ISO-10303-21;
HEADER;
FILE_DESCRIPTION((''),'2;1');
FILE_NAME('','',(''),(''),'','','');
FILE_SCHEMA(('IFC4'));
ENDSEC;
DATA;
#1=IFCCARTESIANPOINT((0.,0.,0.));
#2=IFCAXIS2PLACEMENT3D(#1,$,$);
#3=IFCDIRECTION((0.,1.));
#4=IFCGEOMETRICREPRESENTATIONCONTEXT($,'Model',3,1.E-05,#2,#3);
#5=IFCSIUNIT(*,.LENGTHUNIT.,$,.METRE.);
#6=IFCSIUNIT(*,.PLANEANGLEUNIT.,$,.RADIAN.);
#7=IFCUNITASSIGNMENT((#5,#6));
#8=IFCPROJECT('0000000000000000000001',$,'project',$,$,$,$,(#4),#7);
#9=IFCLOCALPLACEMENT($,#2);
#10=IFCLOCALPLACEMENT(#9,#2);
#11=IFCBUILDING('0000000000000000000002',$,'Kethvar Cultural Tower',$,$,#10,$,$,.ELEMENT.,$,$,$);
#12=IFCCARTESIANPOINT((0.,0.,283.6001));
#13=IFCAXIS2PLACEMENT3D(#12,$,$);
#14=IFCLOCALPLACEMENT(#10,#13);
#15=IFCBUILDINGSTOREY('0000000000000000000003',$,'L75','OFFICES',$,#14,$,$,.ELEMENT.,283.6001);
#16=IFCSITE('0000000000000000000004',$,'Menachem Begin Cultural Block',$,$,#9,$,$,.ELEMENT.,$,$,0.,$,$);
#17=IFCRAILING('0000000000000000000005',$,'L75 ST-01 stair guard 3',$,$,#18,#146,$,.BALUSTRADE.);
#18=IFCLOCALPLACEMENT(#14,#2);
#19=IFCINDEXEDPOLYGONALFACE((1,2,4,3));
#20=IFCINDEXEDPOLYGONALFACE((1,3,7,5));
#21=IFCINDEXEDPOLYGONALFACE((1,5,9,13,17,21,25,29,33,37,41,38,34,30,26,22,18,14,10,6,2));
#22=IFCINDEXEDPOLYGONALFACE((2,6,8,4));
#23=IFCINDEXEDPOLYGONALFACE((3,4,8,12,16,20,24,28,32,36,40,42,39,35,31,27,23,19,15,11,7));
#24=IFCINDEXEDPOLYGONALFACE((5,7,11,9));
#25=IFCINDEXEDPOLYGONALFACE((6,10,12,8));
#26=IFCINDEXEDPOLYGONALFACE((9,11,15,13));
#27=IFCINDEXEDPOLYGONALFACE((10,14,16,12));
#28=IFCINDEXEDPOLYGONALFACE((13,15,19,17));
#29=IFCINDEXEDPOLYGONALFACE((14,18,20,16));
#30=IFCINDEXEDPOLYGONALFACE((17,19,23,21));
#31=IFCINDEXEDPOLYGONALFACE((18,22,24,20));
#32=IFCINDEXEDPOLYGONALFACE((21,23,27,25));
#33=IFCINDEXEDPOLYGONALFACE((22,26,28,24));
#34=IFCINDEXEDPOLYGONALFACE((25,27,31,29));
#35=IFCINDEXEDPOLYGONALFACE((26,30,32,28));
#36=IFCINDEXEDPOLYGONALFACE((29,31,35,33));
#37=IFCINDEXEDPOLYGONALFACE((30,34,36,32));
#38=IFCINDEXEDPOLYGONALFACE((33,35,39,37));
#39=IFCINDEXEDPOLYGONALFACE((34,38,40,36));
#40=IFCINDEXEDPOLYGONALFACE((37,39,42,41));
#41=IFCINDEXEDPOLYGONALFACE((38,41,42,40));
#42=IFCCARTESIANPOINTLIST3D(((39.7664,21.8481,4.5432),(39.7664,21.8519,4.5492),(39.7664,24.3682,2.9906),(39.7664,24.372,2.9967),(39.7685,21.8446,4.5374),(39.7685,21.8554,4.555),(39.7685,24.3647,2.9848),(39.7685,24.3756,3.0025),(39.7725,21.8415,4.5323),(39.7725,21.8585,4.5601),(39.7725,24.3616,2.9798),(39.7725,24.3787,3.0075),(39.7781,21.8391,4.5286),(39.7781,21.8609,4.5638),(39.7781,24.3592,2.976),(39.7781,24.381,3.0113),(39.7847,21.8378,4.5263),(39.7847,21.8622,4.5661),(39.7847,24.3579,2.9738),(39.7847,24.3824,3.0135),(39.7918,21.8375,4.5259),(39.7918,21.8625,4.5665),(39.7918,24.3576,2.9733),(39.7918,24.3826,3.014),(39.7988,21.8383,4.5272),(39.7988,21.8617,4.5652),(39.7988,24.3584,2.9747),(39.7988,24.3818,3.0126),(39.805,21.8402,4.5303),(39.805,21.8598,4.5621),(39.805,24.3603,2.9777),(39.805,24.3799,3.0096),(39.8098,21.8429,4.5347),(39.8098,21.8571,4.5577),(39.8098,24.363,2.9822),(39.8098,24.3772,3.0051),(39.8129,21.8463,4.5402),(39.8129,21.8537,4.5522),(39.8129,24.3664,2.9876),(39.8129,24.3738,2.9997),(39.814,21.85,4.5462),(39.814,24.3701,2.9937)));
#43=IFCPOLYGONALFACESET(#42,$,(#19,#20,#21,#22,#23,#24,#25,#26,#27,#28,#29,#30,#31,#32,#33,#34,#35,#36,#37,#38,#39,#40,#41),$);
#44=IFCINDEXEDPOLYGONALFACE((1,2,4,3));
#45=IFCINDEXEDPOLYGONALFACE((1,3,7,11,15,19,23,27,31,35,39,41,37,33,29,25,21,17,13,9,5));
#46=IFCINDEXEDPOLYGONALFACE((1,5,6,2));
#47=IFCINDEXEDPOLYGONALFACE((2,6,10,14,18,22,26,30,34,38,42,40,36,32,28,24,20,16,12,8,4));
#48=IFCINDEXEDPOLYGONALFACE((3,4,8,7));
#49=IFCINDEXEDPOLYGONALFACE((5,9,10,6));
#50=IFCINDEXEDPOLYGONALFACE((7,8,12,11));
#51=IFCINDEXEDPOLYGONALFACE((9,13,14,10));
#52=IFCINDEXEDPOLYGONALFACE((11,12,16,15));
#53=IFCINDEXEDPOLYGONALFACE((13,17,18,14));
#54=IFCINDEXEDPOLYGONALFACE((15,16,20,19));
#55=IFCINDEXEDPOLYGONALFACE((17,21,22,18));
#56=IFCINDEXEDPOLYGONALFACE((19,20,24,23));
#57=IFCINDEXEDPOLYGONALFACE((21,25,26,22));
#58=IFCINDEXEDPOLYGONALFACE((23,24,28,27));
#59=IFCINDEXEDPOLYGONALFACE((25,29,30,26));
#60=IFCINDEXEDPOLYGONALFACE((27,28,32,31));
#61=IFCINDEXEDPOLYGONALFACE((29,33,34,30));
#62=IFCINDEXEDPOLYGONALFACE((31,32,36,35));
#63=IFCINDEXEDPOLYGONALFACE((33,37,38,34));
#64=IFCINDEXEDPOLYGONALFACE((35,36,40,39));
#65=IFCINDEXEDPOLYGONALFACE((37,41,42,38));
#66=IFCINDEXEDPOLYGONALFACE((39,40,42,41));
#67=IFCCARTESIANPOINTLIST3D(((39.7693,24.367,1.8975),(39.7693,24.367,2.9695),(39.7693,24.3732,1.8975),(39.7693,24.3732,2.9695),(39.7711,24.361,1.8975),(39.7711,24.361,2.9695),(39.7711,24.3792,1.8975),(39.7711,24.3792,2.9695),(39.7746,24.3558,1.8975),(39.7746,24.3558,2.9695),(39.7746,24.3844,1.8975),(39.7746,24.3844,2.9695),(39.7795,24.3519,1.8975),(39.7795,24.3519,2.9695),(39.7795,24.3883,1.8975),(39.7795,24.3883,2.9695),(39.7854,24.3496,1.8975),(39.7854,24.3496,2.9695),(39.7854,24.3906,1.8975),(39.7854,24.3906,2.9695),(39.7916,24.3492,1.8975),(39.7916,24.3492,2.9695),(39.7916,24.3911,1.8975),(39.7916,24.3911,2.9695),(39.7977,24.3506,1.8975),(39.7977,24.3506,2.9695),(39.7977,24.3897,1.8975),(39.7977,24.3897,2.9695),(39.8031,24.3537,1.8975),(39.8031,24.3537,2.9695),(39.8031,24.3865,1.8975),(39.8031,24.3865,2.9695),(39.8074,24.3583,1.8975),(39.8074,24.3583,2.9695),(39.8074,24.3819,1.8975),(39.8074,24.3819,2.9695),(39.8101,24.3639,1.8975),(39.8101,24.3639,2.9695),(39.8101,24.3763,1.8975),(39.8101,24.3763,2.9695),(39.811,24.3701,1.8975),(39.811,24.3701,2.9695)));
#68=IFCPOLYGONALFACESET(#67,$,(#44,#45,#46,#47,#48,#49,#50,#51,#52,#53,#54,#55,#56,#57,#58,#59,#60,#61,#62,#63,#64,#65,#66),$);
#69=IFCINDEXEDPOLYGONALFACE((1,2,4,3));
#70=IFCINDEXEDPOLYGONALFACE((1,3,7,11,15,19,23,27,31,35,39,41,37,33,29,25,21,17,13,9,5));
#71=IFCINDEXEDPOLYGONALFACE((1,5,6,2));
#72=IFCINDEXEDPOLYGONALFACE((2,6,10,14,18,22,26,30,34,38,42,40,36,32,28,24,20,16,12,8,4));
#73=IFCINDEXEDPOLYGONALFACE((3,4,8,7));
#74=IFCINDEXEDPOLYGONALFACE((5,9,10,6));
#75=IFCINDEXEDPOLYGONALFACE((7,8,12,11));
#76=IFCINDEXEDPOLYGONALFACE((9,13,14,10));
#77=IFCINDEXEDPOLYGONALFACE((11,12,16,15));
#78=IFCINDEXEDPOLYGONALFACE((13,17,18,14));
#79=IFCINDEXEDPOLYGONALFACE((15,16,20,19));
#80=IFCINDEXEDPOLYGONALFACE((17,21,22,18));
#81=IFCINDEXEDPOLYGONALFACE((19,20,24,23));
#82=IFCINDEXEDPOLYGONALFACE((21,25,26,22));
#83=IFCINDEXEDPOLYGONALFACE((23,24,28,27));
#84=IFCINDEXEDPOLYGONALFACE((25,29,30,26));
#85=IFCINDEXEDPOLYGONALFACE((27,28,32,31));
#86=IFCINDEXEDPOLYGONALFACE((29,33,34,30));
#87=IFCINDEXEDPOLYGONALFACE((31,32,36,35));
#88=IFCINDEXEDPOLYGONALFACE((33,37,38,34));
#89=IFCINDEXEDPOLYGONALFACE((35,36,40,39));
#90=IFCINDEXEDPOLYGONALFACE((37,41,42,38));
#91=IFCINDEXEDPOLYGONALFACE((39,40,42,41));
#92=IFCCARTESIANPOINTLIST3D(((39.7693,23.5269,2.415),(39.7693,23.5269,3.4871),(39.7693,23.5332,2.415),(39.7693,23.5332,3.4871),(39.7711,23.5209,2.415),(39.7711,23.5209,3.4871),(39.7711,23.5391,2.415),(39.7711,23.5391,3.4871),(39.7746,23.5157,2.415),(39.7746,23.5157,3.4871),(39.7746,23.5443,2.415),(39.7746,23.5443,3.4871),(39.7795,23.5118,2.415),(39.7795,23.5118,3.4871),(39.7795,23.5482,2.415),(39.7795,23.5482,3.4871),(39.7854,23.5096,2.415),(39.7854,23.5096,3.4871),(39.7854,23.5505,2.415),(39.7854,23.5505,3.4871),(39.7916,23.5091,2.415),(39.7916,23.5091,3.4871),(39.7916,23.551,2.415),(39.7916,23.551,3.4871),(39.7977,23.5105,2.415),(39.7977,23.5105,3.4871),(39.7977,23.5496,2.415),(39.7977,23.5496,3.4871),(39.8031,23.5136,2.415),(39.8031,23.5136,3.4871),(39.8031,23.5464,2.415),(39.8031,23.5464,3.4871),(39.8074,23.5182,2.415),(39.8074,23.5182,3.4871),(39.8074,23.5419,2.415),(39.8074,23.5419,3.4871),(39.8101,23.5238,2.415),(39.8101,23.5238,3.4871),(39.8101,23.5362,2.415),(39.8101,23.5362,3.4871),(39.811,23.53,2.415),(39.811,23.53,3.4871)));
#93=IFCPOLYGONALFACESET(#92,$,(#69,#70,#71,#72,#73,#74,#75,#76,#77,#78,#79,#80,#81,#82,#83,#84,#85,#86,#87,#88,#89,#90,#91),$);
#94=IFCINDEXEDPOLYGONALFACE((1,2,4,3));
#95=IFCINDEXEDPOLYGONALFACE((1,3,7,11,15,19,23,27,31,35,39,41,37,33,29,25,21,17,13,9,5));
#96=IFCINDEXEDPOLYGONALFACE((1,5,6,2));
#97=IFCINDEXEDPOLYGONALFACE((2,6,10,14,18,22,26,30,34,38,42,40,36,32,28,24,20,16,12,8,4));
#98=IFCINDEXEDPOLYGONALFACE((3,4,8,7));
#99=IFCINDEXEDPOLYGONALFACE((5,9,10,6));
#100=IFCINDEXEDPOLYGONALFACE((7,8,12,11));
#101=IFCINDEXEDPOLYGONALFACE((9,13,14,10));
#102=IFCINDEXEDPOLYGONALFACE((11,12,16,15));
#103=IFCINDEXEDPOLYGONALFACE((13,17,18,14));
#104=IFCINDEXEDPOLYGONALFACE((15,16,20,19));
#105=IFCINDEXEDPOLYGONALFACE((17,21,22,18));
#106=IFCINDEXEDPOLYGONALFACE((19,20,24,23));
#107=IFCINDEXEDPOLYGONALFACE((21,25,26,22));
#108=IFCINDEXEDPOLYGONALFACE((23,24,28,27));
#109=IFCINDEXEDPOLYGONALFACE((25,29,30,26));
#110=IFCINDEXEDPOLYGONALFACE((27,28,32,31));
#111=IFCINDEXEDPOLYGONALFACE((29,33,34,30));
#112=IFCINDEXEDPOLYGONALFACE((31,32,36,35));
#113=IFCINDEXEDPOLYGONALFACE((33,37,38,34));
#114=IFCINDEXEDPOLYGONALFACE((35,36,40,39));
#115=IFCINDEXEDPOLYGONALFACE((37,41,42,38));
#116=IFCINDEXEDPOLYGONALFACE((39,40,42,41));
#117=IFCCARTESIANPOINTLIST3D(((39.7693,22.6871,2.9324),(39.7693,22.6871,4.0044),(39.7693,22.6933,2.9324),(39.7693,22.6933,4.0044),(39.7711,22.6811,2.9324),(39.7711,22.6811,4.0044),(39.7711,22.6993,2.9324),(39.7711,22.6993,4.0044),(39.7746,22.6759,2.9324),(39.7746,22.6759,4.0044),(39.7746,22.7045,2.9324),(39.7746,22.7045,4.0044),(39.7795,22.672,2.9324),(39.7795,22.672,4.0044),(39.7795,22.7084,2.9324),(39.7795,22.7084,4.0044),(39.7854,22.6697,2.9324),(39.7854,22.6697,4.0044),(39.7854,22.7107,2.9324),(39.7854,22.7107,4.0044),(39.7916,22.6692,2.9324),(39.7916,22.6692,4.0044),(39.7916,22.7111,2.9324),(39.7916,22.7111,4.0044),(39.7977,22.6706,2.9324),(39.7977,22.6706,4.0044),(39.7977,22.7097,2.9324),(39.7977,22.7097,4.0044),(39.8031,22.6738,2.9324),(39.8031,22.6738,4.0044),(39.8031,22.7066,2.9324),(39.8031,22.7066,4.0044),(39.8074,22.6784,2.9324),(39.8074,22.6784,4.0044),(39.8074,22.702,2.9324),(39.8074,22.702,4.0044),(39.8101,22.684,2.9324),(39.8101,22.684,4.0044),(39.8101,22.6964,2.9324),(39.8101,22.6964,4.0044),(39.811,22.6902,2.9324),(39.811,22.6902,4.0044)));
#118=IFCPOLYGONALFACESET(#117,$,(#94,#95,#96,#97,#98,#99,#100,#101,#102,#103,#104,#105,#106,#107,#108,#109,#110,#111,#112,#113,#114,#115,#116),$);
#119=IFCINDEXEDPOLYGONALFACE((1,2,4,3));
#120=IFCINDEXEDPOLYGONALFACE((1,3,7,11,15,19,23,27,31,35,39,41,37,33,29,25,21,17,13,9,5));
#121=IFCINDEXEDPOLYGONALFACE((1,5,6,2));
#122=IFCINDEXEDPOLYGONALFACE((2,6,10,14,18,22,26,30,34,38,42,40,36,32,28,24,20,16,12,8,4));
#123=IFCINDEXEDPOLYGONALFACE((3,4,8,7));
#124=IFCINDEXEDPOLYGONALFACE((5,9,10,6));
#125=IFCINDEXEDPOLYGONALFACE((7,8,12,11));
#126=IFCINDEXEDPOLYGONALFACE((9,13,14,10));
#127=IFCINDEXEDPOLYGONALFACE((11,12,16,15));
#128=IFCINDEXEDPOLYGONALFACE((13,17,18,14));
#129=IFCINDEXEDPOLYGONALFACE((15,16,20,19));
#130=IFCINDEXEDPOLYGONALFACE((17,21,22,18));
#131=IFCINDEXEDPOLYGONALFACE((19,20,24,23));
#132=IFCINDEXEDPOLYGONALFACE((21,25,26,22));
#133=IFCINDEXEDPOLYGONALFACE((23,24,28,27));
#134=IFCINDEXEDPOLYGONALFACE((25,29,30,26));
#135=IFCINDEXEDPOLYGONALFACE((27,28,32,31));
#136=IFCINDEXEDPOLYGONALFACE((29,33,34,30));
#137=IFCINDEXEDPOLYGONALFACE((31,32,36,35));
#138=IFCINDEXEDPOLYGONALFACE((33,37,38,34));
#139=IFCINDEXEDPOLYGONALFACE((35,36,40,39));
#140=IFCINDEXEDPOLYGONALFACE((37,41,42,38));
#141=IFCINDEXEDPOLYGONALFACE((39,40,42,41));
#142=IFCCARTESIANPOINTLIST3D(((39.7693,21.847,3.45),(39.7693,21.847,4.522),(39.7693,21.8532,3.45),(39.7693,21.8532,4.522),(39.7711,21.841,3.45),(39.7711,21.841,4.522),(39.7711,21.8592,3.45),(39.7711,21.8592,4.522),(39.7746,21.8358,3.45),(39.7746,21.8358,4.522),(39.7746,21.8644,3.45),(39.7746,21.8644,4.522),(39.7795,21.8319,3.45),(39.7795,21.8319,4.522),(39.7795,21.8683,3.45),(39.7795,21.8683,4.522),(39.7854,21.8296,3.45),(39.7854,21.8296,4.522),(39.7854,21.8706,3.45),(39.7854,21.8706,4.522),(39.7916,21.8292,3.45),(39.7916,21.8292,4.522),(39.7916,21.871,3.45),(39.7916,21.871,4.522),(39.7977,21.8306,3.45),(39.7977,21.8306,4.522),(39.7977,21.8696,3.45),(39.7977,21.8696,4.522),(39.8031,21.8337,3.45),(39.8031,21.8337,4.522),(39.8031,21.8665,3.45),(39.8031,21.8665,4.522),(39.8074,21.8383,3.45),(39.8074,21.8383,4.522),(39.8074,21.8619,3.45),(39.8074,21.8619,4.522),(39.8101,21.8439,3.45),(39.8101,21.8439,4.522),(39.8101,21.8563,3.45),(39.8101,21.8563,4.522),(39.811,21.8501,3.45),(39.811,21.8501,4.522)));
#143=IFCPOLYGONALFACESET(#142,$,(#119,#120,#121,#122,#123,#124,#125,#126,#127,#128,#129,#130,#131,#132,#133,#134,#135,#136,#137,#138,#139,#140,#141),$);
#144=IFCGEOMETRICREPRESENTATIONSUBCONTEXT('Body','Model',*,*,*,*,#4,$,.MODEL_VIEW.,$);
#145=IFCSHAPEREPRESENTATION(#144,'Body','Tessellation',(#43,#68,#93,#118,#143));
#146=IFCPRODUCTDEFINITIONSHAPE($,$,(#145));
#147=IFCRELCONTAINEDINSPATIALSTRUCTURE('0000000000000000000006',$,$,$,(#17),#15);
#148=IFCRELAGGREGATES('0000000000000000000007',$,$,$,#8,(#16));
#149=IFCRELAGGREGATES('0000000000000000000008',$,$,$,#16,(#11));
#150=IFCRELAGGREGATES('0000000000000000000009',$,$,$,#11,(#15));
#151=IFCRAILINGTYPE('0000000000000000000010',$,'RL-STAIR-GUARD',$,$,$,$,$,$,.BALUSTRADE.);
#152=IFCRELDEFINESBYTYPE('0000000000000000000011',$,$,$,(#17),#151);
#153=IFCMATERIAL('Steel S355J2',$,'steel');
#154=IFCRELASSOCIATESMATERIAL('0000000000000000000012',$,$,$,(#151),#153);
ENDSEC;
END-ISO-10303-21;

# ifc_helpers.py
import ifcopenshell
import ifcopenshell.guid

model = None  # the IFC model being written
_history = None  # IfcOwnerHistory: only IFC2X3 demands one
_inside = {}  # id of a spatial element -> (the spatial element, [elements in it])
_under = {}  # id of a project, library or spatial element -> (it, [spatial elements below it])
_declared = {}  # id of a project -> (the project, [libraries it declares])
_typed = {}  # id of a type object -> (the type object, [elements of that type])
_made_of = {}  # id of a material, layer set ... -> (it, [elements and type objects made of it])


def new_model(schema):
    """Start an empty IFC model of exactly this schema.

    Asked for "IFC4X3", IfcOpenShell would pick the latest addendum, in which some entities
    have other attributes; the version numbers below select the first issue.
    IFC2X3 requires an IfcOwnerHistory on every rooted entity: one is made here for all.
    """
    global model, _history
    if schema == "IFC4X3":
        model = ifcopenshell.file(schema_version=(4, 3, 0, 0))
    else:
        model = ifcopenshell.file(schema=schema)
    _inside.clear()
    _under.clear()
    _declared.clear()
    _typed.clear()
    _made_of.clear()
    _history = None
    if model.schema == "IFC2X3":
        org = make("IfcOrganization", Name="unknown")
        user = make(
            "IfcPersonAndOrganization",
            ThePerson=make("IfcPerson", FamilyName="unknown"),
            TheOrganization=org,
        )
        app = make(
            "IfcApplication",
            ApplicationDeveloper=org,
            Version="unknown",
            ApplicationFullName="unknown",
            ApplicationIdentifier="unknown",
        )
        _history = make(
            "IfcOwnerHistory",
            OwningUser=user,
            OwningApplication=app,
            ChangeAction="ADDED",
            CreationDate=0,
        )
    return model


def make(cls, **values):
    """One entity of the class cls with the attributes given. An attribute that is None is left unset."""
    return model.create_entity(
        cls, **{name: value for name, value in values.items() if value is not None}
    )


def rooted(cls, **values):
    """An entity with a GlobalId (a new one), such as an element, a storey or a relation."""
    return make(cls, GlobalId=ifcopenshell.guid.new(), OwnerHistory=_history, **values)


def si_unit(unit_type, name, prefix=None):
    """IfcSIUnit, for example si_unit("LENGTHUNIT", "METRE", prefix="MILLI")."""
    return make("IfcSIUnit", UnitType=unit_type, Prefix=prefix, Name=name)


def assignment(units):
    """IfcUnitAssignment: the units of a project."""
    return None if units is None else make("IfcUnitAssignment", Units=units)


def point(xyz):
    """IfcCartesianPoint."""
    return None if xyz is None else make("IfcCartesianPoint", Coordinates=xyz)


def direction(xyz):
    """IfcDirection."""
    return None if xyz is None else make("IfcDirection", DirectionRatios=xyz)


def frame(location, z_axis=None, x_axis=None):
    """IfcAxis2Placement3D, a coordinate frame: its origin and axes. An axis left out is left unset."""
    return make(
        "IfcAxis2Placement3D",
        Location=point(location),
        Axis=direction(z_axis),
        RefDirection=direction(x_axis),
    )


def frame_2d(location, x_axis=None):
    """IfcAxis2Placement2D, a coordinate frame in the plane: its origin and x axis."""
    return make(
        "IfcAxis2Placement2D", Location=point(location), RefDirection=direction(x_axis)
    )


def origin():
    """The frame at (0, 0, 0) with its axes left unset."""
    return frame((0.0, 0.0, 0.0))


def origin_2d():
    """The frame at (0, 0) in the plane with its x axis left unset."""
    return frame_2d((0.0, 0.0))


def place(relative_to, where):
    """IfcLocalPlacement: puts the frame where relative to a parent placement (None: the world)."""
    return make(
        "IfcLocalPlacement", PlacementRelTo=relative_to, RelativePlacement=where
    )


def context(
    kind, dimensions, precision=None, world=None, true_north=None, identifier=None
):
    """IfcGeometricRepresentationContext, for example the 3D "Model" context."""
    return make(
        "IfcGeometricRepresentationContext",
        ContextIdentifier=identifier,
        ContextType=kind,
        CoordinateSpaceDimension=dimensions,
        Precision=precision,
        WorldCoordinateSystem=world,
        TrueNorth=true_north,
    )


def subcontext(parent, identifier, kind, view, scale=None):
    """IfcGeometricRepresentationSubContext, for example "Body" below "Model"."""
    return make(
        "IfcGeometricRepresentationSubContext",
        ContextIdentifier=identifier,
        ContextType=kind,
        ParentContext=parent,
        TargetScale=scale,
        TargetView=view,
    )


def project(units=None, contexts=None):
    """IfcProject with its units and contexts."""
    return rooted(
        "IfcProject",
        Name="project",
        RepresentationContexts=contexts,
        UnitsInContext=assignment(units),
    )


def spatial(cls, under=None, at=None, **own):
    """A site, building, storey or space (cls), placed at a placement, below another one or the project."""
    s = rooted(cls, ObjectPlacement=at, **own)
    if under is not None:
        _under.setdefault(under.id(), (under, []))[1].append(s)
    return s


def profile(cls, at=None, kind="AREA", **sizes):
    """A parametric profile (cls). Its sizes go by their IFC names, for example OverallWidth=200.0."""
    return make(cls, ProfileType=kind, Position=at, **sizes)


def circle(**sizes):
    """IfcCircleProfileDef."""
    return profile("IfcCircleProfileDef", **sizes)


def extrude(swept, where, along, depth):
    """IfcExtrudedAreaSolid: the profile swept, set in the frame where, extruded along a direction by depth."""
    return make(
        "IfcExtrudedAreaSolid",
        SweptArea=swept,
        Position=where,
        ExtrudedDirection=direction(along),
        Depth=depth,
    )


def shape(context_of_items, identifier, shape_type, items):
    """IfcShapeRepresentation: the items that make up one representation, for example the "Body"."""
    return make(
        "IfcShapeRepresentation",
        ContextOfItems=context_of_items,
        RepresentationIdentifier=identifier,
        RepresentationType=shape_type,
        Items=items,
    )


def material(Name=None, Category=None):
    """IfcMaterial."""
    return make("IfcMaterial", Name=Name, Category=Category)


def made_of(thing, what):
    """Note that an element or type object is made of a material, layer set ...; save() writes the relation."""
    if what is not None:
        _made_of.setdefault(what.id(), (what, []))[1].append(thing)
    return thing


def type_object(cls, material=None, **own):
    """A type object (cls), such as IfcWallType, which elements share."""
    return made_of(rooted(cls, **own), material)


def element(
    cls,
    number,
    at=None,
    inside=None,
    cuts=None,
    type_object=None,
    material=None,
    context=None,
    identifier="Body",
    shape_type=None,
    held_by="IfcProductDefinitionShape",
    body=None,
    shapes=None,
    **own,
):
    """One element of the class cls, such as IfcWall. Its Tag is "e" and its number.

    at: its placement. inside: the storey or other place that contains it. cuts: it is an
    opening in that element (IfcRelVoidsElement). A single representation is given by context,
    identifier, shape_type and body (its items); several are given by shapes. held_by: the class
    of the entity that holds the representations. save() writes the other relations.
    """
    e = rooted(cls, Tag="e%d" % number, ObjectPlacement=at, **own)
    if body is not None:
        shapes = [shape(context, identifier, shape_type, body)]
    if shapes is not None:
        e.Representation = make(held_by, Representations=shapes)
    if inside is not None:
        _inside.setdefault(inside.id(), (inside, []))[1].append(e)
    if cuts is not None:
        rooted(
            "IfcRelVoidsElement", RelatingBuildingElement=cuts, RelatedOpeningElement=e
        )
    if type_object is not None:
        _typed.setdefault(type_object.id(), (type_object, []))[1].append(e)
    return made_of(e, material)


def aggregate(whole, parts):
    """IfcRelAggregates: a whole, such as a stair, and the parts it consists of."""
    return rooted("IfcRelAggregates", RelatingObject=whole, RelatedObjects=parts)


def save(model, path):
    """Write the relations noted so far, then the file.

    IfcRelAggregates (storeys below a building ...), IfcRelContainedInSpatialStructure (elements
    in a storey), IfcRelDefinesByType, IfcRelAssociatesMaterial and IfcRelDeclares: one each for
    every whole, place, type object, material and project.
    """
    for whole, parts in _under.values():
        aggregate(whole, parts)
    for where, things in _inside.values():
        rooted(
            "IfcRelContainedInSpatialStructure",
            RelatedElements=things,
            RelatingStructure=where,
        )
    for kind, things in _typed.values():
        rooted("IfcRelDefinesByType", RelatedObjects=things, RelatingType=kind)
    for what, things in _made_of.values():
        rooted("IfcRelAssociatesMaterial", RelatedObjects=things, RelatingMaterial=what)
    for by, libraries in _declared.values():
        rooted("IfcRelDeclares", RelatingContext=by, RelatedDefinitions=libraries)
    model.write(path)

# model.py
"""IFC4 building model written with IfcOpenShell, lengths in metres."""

from ifc_helpers import new_model, si_unit, direction, frame, origin, origin_2d, place, context, subcontext, project, spatial, circle, extrude, material, type_object, element, save


model = new_model("IFC4")

# Units and contexts
model_context = context("Model", 3, precision=1e-05, world=origin(), true_north=direction((0.0, 1.0)))
body_context = subcontext(model_context, "Body", "Model", "MODEL_VIEW")
ifc_project = project(units=[si_unit("LENGTHUNIT", "METRE"), si_unit("PLANEANGLEUNIT", "RADIAN")], contexts=[model_context])

# Site, building, storey
site_placement = place(None, origin())
site = spatial("IfcSite", under=ifc_project, at=site_placement, Name="Menachem Begin Cultural Block", CompositionType="ELEMENT", RefElevation=0.0)
building_placement = place(site_placement, origin())
building = spatial("IfcBuilding", under=site, at=building_placement, Name="Kethvar Cultural Tower", CompositionType="ELEMENT")
storey_placement = place(building_placement, frame((0.0, 0.0, 283.6001)))
storey = spatial("IfcBuildingStorey", under=building, at=storey_placement, Name="L75", Description="OFFICES", CompositionType="ELEMENT", Elevation=283.6001)

# Shared definitions
ifc_material_1 = material(Name="Steel S355J2", Category="steel")

# Railing
railing_type = type_object("IfcRailingType", Name="RL-STAIR-GUARD", PredefinedType="BALUSTRADE", material=ifc_material_1)
railing_1_placement = place(storey_placement, frame((39.79, 24.3701, 1.8975)))
element("IfcRailing", 1, at=railing_1_placement, inside=storey, type_object=railing_type, Name="L75 ST-01 stair guard 3", PredefinedType="BALUSTRADE", context=body_context, shape_type="SweptSolid", body=[
    extrude(circle(Radius=0.0239, at=origin_2d()), frame((0.0, 0.0, 1.0962), z_axis=(0.0, -0.8514, 0.524516), x_axis=(1.0, 0.0, 0.0)), (0.0, 0.0, 1.0), 2.96),
    extrude(circle(Radius=0.021, at=origin_2d()), origin(), (0.0, 0.0, 1.0), 1.072),
    extrude(circle(Radius=0.021, at=origin_2d()), frame((0.0, -0.8401, 0.5176)), (0.0, 0.0, 1.0), 1.072),
    extrude(circle(Radius=0.021, at=origin_2d()), frame((0.0, -1.6799, 1.0349)), (0.0, 0.0, 1.0), 1.072),
    extrude(circle(Radius=0.021, at=origin_2d()), frame((0.0, -2.52, 1.5525)), (0.0, 0.0, 1.0), 1.072),
])

save(model, "model.ifc")
